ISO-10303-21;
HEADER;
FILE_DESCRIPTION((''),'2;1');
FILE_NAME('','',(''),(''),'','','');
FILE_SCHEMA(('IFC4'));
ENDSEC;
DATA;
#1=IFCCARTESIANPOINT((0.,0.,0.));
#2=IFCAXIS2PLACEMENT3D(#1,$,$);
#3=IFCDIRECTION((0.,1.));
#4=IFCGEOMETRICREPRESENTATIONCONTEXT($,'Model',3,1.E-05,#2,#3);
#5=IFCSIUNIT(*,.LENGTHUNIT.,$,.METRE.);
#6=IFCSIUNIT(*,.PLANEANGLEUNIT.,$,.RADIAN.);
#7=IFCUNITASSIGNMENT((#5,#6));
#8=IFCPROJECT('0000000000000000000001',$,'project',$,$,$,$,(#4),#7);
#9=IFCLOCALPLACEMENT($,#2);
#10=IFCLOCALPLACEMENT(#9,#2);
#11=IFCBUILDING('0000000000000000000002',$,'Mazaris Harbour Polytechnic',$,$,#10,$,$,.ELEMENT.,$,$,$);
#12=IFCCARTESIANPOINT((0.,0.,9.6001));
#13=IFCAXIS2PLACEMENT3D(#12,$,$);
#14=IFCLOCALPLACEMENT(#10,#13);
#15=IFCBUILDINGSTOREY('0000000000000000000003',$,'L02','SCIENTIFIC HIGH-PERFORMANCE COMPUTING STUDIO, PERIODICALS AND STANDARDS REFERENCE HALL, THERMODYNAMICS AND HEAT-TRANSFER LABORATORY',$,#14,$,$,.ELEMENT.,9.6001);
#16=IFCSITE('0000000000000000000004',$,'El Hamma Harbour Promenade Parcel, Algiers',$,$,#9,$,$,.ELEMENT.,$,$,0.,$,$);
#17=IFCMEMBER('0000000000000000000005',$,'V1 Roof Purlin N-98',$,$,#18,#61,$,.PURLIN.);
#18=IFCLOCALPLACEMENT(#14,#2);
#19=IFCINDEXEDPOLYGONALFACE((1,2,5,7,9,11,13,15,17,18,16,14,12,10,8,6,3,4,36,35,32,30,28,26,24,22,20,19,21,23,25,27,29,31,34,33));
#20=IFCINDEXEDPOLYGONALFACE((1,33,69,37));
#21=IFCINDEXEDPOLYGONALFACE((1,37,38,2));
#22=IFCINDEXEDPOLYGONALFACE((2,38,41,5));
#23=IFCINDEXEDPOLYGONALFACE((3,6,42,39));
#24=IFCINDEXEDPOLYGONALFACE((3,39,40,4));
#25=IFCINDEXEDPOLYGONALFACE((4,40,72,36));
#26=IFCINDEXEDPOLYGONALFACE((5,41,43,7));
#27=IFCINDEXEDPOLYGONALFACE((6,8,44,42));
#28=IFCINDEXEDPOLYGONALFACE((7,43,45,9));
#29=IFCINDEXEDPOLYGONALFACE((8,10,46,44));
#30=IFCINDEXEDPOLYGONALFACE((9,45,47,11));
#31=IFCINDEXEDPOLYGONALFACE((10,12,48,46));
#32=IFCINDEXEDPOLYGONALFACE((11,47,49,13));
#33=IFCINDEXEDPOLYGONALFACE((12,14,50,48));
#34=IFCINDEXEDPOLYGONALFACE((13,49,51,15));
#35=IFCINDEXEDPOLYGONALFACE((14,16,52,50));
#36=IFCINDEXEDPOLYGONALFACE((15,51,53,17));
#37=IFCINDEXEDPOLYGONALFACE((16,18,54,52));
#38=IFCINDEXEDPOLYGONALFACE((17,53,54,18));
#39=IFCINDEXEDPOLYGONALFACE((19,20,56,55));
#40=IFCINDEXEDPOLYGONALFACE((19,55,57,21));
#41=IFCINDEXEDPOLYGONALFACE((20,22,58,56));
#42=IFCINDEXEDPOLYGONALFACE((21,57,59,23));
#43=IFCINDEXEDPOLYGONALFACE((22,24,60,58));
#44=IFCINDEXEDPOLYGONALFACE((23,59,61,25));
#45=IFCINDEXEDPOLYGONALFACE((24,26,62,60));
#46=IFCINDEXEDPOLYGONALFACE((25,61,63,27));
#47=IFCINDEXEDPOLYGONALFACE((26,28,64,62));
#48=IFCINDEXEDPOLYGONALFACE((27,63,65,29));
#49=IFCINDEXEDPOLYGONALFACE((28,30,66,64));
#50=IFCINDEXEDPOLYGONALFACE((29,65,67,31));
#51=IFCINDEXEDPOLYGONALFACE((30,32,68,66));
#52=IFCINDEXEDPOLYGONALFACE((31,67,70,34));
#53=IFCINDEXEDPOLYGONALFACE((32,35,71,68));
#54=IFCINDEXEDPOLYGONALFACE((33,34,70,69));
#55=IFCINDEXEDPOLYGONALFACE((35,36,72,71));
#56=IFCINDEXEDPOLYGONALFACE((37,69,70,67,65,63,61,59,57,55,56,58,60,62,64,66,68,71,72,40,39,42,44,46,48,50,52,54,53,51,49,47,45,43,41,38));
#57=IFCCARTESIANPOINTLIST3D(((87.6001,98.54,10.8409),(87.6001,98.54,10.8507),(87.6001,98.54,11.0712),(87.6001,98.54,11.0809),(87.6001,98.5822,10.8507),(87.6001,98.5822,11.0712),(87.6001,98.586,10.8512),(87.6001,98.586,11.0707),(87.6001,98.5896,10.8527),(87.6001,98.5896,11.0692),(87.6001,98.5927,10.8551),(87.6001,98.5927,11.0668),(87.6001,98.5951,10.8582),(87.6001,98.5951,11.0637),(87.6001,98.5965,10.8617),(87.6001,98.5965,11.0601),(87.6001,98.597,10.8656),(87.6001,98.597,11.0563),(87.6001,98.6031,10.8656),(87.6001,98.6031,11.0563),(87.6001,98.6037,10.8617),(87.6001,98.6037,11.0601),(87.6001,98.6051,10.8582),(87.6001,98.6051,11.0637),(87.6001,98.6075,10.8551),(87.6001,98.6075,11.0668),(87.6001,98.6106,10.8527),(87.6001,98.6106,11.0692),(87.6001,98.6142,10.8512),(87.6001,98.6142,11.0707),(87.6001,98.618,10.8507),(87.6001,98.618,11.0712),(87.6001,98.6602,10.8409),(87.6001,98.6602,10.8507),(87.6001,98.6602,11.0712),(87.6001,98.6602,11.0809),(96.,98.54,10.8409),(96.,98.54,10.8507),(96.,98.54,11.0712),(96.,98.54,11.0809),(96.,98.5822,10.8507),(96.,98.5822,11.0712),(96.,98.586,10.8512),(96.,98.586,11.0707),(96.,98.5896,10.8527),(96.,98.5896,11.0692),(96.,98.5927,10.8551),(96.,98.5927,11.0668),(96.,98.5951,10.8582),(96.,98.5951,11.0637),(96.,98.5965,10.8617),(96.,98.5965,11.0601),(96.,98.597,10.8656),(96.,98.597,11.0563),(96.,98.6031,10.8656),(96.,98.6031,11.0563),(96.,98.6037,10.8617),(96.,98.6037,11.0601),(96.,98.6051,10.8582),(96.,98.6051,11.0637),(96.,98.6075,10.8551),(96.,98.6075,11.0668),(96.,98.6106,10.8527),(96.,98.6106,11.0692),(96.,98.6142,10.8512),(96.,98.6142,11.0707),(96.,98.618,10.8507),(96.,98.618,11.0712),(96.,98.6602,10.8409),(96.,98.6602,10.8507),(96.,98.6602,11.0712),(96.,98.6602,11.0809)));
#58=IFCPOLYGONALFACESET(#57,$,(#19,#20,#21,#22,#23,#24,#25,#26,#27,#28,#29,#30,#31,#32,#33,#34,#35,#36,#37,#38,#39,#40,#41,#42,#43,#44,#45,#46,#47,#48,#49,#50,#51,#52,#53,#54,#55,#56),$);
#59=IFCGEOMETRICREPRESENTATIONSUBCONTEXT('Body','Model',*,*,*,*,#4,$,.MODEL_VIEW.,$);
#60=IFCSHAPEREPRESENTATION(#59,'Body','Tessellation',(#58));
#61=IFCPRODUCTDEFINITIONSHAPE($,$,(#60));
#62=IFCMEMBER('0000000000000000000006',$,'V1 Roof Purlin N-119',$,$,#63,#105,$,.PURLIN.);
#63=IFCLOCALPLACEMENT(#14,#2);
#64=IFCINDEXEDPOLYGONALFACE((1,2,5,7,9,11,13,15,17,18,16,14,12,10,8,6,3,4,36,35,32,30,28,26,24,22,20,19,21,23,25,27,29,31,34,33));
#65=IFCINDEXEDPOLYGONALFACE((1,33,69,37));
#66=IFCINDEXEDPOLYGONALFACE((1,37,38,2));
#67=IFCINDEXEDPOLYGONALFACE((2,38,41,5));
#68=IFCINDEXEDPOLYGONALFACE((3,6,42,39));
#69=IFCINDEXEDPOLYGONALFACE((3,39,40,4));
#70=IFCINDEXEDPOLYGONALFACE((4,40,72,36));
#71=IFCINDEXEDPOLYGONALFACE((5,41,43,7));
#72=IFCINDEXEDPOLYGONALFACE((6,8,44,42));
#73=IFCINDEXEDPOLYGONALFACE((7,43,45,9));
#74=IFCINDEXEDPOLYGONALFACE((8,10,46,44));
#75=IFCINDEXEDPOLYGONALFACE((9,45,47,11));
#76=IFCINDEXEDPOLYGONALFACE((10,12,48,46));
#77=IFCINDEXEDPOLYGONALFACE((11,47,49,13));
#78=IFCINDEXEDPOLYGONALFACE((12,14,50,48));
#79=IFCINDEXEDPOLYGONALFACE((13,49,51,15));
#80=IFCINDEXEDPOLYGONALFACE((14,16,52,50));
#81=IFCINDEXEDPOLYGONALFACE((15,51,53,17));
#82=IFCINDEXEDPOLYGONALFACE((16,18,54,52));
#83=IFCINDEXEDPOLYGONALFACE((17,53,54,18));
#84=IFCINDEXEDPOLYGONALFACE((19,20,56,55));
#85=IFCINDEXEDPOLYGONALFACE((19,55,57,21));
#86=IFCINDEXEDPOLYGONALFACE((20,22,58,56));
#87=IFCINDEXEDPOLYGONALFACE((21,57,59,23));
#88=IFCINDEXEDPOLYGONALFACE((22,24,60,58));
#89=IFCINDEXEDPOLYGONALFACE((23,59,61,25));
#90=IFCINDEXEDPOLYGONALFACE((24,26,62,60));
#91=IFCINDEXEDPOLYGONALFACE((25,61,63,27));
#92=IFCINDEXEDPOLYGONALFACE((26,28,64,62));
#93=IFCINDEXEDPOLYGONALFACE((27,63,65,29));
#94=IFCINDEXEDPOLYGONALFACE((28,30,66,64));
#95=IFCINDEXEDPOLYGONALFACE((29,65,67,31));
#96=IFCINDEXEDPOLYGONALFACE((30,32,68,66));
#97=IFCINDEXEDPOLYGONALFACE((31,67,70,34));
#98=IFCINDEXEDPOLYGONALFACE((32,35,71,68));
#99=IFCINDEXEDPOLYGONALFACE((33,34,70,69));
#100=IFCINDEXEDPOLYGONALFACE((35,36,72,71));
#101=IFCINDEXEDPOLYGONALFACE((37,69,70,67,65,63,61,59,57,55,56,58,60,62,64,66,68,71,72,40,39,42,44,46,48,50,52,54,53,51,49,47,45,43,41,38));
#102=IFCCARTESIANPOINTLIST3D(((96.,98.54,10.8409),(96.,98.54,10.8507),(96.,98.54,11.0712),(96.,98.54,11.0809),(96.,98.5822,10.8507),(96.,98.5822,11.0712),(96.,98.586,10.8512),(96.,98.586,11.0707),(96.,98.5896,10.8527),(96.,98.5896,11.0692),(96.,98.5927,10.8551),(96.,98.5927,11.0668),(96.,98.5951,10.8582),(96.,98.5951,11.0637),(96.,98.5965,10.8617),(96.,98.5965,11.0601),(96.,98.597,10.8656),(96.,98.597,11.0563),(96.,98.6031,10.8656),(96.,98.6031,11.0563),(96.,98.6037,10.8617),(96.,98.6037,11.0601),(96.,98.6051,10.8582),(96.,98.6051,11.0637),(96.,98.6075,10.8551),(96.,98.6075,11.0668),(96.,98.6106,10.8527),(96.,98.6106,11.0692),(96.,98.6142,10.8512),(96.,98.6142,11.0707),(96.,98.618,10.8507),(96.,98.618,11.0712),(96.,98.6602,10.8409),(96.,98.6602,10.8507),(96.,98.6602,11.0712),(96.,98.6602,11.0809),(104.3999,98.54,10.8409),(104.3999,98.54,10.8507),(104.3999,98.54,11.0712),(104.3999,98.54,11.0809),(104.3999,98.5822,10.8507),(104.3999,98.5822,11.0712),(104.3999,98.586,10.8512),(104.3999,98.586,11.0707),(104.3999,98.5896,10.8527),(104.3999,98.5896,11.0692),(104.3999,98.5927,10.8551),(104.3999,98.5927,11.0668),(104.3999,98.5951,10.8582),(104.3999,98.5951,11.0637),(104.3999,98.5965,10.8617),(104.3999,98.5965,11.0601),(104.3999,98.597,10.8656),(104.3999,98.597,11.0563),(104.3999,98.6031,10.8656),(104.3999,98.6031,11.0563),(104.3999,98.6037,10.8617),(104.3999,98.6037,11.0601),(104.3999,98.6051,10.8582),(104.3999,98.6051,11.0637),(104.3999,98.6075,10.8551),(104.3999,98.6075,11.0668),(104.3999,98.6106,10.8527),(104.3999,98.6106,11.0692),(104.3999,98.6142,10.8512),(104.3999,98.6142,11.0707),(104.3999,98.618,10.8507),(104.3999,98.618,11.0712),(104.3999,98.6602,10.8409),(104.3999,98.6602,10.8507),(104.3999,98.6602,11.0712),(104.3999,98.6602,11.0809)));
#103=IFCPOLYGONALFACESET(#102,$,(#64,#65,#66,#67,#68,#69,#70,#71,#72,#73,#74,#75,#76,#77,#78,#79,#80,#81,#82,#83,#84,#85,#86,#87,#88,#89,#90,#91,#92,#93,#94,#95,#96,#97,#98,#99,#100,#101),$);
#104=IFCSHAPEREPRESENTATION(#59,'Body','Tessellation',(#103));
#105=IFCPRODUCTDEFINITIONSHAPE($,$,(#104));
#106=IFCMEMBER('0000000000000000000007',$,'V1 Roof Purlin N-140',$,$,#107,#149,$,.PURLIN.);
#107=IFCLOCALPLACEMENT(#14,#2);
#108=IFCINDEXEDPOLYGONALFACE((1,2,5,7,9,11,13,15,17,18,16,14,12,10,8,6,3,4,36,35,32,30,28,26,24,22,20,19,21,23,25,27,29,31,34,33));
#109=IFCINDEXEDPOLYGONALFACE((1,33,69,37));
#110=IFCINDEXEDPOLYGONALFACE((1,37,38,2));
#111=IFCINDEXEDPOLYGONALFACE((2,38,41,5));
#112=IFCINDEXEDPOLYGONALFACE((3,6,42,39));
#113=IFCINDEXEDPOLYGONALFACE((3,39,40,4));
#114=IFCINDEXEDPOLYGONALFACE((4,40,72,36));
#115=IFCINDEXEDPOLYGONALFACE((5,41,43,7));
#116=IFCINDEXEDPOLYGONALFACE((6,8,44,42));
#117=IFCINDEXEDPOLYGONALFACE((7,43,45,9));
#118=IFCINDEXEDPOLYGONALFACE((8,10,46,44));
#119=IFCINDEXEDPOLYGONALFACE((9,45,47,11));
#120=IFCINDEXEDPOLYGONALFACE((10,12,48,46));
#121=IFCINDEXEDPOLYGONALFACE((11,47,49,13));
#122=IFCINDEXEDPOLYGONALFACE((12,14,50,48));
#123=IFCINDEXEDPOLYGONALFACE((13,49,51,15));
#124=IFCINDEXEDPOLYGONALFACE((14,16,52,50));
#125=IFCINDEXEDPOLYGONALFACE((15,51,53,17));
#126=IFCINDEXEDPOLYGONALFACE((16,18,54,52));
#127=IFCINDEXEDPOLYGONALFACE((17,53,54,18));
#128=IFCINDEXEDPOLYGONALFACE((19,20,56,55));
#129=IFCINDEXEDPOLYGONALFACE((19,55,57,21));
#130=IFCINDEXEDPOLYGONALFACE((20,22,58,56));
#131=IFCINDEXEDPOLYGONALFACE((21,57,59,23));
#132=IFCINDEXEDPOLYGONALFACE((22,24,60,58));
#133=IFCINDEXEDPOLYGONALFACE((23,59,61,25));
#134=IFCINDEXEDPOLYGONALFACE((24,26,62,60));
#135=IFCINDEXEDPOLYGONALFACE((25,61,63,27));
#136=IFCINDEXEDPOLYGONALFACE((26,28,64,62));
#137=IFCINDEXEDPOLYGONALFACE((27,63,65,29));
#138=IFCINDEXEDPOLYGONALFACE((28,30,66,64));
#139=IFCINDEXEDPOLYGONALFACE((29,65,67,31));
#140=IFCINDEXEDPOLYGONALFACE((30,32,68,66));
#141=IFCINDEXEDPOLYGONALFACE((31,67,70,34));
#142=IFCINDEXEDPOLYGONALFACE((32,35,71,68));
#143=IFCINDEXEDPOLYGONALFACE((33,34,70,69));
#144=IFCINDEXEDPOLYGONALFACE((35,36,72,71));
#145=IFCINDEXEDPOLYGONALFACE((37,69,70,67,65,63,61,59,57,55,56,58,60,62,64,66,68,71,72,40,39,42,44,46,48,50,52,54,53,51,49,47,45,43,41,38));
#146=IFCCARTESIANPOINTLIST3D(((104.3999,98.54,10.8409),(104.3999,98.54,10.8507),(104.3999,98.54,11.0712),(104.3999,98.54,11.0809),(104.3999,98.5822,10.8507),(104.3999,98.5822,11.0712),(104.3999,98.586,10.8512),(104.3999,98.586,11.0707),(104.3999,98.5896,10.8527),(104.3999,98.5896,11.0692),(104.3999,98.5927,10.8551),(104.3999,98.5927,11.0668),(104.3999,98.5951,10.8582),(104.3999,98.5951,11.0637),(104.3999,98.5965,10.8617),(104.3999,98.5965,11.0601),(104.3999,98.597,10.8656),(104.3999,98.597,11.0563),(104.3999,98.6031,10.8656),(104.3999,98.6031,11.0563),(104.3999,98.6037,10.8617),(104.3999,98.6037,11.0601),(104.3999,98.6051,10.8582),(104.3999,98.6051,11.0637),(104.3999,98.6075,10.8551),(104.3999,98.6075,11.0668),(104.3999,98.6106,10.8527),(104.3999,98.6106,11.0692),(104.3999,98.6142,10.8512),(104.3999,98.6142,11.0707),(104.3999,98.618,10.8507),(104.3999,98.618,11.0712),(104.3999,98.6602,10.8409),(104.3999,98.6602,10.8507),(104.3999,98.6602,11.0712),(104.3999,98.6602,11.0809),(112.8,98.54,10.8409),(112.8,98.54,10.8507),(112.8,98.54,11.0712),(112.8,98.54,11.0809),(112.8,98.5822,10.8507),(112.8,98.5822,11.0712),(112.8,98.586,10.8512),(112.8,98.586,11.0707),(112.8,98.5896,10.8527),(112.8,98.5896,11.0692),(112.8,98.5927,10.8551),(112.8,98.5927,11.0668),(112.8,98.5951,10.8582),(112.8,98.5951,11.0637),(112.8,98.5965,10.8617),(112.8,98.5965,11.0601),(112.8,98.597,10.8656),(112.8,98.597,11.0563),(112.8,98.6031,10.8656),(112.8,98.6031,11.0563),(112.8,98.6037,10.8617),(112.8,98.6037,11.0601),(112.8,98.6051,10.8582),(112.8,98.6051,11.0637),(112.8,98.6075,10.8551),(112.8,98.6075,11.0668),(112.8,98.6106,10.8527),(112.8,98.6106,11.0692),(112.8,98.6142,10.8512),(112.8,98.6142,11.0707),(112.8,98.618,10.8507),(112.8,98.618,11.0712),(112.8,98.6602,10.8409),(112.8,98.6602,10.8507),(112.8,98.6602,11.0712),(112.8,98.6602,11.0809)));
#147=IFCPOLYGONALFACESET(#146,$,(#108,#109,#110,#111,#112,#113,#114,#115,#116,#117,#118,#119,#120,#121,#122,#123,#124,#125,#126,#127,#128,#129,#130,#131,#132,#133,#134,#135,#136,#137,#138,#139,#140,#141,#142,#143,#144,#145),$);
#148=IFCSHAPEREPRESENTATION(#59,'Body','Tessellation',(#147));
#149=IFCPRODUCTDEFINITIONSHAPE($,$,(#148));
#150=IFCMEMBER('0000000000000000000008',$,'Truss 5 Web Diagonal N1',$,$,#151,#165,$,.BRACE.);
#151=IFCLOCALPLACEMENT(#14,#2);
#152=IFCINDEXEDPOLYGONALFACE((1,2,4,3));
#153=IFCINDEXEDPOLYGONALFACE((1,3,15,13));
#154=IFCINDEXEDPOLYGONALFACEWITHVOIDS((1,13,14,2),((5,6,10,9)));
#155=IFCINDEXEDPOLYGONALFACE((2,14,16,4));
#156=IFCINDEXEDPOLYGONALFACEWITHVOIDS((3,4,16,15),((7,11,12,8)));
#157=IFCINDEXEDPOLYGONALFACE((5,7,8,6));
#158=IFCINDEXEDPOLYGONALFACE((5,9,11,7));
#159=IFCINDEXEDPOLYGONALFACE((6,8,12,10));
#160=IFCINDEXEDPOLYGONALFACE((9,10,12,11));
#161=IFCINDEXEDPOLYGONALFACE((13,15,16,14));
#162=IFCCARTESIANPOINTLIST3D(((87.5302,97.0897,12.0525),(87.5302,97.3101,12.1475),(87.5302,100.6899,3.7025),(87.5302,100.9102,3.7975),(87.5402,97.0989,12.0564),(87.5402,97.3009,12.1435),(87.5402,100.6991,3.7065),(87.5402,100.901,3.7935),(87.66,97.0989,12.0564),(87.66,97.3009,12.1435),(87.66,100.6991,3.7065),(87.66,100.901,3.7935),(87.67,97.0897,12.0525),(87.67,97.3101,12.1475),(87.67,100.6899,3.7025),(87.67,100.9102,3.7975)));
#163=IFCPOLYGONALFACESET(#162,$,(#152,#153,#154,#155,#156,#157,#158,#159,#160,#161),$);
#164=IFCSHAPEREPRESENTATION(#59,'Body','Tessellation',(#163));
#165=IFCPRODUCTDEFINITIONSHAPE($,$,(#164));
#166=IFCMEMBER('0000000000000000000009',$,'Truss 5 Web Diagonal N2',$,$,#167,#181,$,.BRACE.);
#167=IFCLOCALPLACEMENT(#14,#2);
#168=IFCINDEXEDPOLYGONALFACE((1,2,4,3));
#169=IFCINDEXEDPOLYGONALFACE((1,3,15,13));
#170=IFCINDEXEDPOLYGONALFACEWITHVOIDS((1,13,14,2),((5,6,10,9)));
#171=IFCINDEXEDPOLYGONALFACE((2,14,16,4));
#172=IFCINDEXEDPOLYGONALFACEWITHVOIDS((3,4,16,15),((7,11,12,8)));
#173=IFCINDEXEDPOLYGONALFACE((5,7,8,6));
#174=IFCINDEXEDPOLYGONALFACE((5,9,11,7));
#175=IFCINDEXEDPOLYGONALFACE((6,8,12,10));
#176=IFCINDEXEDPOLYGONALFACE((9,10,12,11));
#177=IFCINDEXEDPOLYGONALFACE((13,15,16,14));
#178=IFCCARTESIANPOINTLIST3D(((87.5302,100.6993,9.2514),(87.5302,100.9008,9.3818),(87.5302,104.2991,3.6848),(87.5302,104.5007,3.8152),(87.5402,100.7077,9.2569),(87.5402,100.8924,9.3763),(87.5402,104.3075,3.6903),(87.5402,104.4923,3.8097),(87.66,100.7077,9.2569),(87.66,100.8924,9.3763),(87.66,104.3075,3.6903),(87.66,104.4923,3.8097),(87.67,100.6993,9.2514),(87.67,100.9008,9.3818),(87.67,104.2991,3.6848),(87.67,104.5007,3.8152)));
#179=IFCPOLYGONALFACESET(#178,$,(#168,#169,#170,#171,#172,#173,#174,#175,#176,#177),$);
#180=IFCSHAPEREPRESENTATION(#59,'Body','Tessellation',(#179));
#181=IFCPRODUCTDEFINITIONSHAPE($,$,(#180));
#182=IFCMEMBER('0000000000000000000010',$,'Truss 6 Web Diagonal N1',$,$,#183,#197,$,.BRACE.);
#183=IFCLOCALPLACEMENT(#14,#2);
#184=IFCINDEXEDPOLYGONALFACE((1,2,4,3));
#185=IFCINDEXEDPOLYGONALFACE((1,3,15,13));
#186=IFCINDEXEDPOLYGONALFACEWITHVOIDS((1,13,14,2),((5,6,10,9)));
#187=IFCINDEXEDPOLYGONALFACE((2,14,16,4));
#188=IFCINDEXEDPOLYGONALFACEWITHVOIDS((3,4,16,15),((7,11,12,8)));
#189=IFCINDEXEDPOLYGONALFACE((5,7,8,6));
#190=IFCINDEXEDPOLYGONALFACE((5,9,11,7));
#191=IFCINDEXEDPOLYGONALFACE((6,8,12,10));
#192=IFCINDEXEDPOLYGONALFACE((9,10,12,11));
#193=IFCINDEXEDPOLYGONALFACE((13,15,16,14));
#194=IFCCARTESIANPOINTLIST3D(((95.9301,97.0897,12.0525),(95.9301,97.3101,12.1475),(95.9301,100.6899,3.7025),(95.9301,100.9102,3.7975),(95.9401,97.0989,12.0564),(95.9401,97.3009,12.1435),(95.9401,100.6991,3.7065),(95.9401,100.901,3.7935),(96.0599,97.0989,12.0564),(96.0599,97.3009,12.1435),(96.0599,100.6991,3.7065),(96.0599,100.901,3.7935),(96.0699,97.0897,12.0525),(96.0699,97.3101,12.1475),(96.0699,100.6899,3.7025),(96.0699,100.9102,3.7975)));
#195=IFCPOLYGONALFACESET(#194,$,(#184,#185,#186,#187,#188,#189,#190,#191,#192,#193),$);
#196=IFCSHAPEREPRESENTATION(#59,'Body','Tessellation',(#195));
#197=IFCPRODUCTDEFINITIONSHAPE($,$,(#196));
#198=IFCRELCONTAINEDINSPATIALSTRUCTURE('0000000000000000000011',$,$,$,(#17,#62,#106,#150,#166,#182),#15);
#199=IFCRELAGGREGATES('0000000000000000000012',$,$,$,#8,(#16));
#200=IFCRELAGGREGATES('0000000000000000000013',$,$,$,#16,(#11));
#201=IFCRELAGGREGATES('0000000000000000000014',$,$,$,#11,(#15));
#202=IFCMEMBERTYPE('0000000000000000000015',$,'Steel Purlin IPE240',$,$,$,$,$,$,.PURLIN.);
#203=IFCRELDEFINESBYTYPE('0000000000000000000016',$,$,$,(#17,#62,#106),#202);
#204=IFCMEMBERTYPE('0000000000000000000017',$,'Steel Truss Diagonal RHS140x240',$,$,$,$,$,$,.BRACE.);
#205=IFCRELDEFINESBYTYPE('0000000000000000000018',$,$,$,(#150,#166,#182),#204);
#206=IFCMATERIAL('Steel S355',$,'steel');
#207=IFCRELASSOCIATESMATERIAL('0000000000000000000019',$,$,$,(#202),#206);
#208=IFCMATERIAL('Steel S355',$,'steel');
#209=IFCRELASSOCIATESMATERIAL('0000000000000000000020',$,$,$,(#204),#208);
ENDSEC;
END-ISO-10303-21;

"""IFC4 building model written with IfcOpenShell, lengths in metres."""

from ifc_helpers import new_model, si_unit, direction, frame, origin, origin_2d, place, context, subcontext, project, spatial, hollow_rectangle, i_section, extrude, material, material_profile, profile_set, type_object, element, save


model = new_model("IFC4")

# Units and contexts
model_context = context("Model", 3, precision=1e-05, world=origin(), true_north=direction((0.0, 1.0)))
body_context = subcontext(model_context, "Body", "Model", "MODEL_VIEW")
ifc_project = project(units=[si_unit("LENGTHUNIT", "METRE"), si_unit("PLANEANGLEUNIT", "RADIAN")], contexts=[model_context])

# Site, building, storey
site_placement = place(None, origin())
site = spatial("IfcSite", under=ifc_project, at=site_placement, Name="El Hamma Harbour Promenade Parcel, Algiers", CompositionType="ELEMENT", RefElevation=0.0)
building_placement = place(site_placement, origin())
building = spatial("IfcBuilding", under=site, at=building_placement, Name="Mazaris Harbour Polytechnic", CompositionType="ELEMENT")
storey_placement = place(building_placement, frame((0.0, 0.0, 9.6001)))
storey = spatial("IfcBuildingStorey", under=building, at=storey_placement, Name="L02", Description="SCIENTIFIC HIGH-PERFORMANCE COMPUTING STUDIO, PERIODICALS AND STANDARDS REFERENCE HALL, THERMODYNAMICS AND HEAT-TRANSFER LABORATORY", CompositionType="ELEMENT", Elevation=9.6001)

# Members
ifc_material_1 = material(Name="Steel S355", Category="steel")
ifc_material_profile_1 = material_profile(ifc_material_1, i_section(OverallWidth=0.1201, OverallDepth=0.24, WebThickness=0.0061, FlangeThickness=0.0098, FilletRadius=0.0149, at=origin_2d()), Name="IPE 240")
ifc_profile_set_1 = profile_set([ifc_material_profile_1], Name="Steel S355")
member_type_1 = type_object("IfcMemberType", Name="Steel Purlin IPE240", PredefinedType="PURLIN", material=ifc_profile_set_1)
for number, where, z_axis, x_axis, name in (
    (1, (87.6001, 98.6001, 10.9609), (1.0, 0.0, 0.0), (0.0, 1.0, 0.0), "V1 Roof Purlin N-98"),
    (2, (96.0, 98.6001, 10.9609), (1.0, 0.0, 0.0), (0.0, 1.0, 0.0), "V1 Roof Purlin N-119"),
):
    element("IfcMember", number, at=place(storey_placement, frame(where, z_axis=z_axis, x_axis=x_axis)), inside=storey, type_object=member_type_1, Name=name, PredefinedType="PURLIN", context=body_context, shape_type="SweptSolid", body=[
        extrude(i_section(OverallWidth=0.1201, OverallDepth=0.24, WebThickness=0.0061, FlangeThickness=0.0098, FilletRadius=0.0149, at=origin_2d()), origin(), (0.0, 0.0, 1.0), 8.3999),
    ])
member_1_placement = place(storey_placement, frame((104.3999, 98.6001, 10.9609), z_axis=(1.0, 0.0, 0.0), x_axis=(0.0, 1.0, 0.0)))
element("IfcMember", 3, at=member_1_placement, inside=storey, type_object=member_type_1, Name="V1 Roof Purlin N-140", PredefinedType="PURLIN", context=body_context, shape_type="SweptSolid", body=[
    extrude(i_section(OverallWidth=0.1201, OverallDepth=0.24, WebThickness=0.0061, FlangeThickness=0.0098, FilletRadius=0.0149, at=origin_2d()), origin(), (0.0, 0.0, 1.0), 8.4001),
])
ifc_material_2 = material(Name="Steel S355", Category="steel")
ifc_material_profile_2 = material_profile(ifc_material_2, hollow_rectangle(XDim=0.1399, YDim=0.24, WallThickness=0.01, at=origin_2d()), Name="RHS 140x240x10.0")
ifc_profile_set_2 = profile_set([ifc_material_profile_2], Name="Steel S355")
member_type_2 = type_object("IfcMemberType", Name="Steel Truss Diagonal RHS140x240", PredefinedType="BRACE", material=ifc_profile_set_2)
member_2_placement = place(storey_placement, frame((87.6001, 100.8, 3.75), z_axis=(0.0, -0.395924, 0.918283), x_axis=(1.0, 0.0, 0.0)))
element("IfcMember", 4, at=member_2_placement, inside=storey, type_object=member_type_2, Name="Truss 5 Web Diagonal N1", PredefinedType="BRACE", context=body_context, shape_type="SweptSolid", body=[
    extrude(hollow_rectangle(XDim=0.1399, YDim=0.24, WallThickness=0.01, at=origin_2d()), origin(), (0.0, 0.0, 1.0), 9.093),
])
member_3_placement = place(storey_placement, frame((87.6001, 104.3999, 3.75), z_axis=(0.0, -0.543028, 0.839714), x_axis=(1.0, 0.0, 0.0)))
element("IfcMember", 5, at=member_3_placement, inside=storey, type_object=member_type_2, Name="Truss 5 Web Diagonal N2", PredefinedType="BRACE", context=body_context, shape_type="SweptSolid", body=[
    extrude(hollow_rectangle(XDim=0.1399, YDim=0.24, WallThickness=0.01, at=origin_2d()), origin(), (0.0, 0.0, 1.0), 6.6292),
])
for number, where, z_axis, x_axis, name in (
    (6, (96.0, 100.8, 3.75), (0.0, -0.395924, 0.918283), (1.0, 0.0, 0.0), "Truss 6 Web Diagonal N1"),
):
    element("IfcMember", number, at=place(storey_placement, frame(where, z_axis=z_axis, x_axis=x_axis)), inside=storey, type_object=member_type_2, Name=name, PredefinedType="BRACE", context=body_context, shape_type="SweptSolid", body=[
        extrude(hollow_rectangle(XDim=0.1399, YDim=0.24, WallThickness=0.01, at=origin_2d()), origin(), (0.0, 0.0, 1.0), 9.093),
    ])

save(model, "model.ifc")
